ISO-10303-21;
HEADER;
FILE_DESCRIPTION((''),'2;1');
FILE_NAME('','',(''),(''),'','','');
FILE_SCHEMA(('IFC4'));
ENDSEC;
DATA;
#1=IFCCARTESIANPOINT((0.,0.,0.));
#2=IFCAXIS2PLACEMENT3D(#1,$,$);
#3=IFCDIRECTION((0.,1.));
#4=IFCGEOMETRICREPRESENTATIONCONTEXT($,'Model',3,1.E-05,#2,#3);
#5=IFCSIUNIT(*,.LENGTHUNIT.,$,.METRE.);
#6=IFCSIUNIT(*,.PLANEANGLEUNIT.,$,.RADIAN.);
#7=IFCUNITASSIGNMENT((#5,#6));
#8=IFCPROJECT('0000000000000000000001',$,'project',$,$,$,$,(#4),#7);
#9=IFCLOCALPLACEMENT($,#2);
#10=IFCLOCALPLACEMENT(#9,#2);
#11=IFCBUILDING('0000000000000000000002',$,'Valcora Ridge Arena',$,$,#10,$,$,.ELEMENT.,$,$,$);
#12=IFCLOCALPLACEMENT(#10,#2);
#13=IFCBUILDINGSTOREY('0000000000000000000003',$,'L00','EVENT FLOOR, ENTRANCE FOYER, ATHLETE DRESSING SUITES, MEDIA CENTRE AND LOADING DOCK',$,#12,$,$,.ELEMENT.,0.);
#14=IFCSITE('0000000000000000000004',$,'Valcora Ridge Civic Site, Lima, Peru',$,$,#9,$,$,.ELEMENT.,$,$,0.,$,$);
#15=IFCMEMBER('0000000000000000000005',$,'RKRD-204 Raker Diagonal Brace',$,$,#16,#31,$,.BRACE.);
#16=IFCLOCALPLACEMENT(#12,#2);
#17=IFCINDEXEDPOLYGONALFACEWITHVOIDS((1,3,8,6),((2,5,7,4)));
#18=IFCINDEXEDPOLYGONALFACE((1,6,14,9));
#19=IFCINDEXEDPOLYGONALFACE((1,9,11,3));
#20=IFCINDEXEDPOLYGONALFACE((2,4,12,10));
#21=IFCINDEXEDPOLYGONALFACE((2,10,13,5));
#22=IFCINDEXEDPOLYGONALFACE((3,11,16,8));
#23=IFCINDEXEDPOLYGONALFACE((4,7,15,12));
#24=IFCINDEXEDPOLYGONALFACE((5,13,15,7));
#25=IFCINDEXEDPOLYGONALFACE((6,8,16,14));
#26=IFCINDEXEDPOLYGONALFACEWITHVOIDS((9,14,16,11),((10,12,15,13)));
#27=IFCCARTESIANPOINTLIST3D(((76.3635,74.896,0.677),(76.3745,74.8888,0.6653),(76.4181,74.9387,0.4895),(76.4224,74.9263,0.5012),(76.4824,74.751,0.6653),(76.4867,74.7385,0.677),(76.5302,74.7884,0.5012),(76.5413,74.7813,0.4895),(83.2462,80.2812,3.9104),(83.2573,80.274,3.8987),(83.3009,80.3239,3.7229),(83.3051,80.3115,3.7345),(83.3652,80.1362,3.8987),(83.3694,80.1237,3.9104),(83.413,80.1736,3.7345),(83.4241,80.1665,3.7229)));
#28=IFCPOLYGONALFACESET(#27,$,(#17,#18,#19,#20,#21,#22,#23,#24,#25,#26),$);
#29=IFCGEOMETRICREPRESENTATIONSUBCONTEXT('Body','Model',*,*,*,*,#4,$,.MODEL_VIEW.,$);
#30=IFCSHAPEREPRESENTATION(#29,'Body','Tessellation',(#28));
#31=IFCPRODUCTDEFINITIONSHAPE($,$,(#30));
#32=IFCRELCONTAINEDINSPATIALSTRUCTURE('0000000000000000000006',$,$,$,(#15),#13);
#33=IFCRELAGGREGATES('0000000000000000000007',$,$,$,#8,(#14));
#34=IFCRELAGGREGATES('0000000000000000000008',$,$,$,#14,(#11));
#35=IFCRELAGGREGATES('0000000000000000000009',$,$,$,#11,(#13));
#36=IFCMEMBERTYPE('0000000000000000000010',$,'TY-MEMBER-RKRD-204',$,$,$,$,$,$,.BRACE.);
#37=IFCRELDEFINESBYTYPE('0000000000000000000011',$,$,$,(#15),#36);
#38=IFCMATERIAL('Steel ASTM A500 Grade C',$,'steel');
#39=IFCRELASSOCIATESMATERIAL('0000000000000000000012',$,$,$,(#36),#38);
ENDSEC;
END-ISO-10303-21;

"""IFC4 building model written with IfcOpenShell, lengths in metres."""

from ifc_helpers import new_model, si_unit, direction, frame, origin, origin_2d, place, context, subcontext, project, spatial, hollow_rectangle, extrude, material, material_profile, profile_set, type_object, element, save


model = new_model("IFC4")

# Units and contexts
model_context = context("Model", 3, precision=1e-05, world=origin(), true_north=direction((0.0, 1.0)))
body_context = subcontext(model_context, "Body", "Model", "MODEL_VIEW")
ifc_project = project(units=[si_unit("LENGTHUNIT", "METRE"), si_unit("PLANEANGLEUNIT", "RADIAN")], contexts=[model_context])

# Site, building, storey
site_placement = place(None, origin())
site = spatial("IfcSite", under=ifc_project, at=site_placement, Name="Valcora Ridge Civic Site, Lima, Peru", CompositionType="ELEMENT", RefElevation=0.0)
building_placement = place(site_placement, origin())
building = spatial("IfcBuilding", under=site, at=building_placement, Name="Valcora Ridge Arena", CompositionType="ELEMENT")
storey_placement = place(building_placement, origin())
storey = spatial("IfcBuildingStorey", under=building, at=storey_placement, Name="L00", Description="EVENT FLOOR, ENTRANCE FOYER, ATHLETE DRESSING SUITES, MEDIA CENTRE AND LOADING DOCK", CompositionType="ELEMENT", Elevation=0.0)

# Member
ifc_material_1 = material(Name="Steel ASTM A500 Grade C", Category="steel")
ifc_material_profile_1 = material_profile(ifc_material_1, hollow_rectangle(XDim=0.2, YDim=0.2, WallThickness=0.0125, at=origin_2d()), Name="HSS200X200X12")
ifc_profile_set_1 = profile_set([ifc_material_profile_1], Name="Steel ASTM A500 Grade C")
member_type_1 = type_object("IfcMemberType", Name="TY-MEMBER-RKRD-204", PredefinedType="BRACE", material=ifc_profile_set_1)
member_1_placement = place(storey_placement, frame((76.4524, 74.8386, 0.5833), z_axis=(0.738642, 0.577928, 0.346998), x_axis=(-0.616216, 0.787577, 0.0)))
element("IfcMember", 1, at=member_1_placement, inside=storey, type_object=member_type_1, Name="RKRD-204 Raker Diagonal Brace", PredefinedType="BRACE", context=body_context, shape_type="SweptSolid", body=[
    extrude(hollow_rectangle(XDim=0.2, YDim=0.2, WallThickness=0.0125, at=origin_2d()), origin(), (0.0, 0.0, 1.0), 9.3181),
])

save(model, "model.ifc")
